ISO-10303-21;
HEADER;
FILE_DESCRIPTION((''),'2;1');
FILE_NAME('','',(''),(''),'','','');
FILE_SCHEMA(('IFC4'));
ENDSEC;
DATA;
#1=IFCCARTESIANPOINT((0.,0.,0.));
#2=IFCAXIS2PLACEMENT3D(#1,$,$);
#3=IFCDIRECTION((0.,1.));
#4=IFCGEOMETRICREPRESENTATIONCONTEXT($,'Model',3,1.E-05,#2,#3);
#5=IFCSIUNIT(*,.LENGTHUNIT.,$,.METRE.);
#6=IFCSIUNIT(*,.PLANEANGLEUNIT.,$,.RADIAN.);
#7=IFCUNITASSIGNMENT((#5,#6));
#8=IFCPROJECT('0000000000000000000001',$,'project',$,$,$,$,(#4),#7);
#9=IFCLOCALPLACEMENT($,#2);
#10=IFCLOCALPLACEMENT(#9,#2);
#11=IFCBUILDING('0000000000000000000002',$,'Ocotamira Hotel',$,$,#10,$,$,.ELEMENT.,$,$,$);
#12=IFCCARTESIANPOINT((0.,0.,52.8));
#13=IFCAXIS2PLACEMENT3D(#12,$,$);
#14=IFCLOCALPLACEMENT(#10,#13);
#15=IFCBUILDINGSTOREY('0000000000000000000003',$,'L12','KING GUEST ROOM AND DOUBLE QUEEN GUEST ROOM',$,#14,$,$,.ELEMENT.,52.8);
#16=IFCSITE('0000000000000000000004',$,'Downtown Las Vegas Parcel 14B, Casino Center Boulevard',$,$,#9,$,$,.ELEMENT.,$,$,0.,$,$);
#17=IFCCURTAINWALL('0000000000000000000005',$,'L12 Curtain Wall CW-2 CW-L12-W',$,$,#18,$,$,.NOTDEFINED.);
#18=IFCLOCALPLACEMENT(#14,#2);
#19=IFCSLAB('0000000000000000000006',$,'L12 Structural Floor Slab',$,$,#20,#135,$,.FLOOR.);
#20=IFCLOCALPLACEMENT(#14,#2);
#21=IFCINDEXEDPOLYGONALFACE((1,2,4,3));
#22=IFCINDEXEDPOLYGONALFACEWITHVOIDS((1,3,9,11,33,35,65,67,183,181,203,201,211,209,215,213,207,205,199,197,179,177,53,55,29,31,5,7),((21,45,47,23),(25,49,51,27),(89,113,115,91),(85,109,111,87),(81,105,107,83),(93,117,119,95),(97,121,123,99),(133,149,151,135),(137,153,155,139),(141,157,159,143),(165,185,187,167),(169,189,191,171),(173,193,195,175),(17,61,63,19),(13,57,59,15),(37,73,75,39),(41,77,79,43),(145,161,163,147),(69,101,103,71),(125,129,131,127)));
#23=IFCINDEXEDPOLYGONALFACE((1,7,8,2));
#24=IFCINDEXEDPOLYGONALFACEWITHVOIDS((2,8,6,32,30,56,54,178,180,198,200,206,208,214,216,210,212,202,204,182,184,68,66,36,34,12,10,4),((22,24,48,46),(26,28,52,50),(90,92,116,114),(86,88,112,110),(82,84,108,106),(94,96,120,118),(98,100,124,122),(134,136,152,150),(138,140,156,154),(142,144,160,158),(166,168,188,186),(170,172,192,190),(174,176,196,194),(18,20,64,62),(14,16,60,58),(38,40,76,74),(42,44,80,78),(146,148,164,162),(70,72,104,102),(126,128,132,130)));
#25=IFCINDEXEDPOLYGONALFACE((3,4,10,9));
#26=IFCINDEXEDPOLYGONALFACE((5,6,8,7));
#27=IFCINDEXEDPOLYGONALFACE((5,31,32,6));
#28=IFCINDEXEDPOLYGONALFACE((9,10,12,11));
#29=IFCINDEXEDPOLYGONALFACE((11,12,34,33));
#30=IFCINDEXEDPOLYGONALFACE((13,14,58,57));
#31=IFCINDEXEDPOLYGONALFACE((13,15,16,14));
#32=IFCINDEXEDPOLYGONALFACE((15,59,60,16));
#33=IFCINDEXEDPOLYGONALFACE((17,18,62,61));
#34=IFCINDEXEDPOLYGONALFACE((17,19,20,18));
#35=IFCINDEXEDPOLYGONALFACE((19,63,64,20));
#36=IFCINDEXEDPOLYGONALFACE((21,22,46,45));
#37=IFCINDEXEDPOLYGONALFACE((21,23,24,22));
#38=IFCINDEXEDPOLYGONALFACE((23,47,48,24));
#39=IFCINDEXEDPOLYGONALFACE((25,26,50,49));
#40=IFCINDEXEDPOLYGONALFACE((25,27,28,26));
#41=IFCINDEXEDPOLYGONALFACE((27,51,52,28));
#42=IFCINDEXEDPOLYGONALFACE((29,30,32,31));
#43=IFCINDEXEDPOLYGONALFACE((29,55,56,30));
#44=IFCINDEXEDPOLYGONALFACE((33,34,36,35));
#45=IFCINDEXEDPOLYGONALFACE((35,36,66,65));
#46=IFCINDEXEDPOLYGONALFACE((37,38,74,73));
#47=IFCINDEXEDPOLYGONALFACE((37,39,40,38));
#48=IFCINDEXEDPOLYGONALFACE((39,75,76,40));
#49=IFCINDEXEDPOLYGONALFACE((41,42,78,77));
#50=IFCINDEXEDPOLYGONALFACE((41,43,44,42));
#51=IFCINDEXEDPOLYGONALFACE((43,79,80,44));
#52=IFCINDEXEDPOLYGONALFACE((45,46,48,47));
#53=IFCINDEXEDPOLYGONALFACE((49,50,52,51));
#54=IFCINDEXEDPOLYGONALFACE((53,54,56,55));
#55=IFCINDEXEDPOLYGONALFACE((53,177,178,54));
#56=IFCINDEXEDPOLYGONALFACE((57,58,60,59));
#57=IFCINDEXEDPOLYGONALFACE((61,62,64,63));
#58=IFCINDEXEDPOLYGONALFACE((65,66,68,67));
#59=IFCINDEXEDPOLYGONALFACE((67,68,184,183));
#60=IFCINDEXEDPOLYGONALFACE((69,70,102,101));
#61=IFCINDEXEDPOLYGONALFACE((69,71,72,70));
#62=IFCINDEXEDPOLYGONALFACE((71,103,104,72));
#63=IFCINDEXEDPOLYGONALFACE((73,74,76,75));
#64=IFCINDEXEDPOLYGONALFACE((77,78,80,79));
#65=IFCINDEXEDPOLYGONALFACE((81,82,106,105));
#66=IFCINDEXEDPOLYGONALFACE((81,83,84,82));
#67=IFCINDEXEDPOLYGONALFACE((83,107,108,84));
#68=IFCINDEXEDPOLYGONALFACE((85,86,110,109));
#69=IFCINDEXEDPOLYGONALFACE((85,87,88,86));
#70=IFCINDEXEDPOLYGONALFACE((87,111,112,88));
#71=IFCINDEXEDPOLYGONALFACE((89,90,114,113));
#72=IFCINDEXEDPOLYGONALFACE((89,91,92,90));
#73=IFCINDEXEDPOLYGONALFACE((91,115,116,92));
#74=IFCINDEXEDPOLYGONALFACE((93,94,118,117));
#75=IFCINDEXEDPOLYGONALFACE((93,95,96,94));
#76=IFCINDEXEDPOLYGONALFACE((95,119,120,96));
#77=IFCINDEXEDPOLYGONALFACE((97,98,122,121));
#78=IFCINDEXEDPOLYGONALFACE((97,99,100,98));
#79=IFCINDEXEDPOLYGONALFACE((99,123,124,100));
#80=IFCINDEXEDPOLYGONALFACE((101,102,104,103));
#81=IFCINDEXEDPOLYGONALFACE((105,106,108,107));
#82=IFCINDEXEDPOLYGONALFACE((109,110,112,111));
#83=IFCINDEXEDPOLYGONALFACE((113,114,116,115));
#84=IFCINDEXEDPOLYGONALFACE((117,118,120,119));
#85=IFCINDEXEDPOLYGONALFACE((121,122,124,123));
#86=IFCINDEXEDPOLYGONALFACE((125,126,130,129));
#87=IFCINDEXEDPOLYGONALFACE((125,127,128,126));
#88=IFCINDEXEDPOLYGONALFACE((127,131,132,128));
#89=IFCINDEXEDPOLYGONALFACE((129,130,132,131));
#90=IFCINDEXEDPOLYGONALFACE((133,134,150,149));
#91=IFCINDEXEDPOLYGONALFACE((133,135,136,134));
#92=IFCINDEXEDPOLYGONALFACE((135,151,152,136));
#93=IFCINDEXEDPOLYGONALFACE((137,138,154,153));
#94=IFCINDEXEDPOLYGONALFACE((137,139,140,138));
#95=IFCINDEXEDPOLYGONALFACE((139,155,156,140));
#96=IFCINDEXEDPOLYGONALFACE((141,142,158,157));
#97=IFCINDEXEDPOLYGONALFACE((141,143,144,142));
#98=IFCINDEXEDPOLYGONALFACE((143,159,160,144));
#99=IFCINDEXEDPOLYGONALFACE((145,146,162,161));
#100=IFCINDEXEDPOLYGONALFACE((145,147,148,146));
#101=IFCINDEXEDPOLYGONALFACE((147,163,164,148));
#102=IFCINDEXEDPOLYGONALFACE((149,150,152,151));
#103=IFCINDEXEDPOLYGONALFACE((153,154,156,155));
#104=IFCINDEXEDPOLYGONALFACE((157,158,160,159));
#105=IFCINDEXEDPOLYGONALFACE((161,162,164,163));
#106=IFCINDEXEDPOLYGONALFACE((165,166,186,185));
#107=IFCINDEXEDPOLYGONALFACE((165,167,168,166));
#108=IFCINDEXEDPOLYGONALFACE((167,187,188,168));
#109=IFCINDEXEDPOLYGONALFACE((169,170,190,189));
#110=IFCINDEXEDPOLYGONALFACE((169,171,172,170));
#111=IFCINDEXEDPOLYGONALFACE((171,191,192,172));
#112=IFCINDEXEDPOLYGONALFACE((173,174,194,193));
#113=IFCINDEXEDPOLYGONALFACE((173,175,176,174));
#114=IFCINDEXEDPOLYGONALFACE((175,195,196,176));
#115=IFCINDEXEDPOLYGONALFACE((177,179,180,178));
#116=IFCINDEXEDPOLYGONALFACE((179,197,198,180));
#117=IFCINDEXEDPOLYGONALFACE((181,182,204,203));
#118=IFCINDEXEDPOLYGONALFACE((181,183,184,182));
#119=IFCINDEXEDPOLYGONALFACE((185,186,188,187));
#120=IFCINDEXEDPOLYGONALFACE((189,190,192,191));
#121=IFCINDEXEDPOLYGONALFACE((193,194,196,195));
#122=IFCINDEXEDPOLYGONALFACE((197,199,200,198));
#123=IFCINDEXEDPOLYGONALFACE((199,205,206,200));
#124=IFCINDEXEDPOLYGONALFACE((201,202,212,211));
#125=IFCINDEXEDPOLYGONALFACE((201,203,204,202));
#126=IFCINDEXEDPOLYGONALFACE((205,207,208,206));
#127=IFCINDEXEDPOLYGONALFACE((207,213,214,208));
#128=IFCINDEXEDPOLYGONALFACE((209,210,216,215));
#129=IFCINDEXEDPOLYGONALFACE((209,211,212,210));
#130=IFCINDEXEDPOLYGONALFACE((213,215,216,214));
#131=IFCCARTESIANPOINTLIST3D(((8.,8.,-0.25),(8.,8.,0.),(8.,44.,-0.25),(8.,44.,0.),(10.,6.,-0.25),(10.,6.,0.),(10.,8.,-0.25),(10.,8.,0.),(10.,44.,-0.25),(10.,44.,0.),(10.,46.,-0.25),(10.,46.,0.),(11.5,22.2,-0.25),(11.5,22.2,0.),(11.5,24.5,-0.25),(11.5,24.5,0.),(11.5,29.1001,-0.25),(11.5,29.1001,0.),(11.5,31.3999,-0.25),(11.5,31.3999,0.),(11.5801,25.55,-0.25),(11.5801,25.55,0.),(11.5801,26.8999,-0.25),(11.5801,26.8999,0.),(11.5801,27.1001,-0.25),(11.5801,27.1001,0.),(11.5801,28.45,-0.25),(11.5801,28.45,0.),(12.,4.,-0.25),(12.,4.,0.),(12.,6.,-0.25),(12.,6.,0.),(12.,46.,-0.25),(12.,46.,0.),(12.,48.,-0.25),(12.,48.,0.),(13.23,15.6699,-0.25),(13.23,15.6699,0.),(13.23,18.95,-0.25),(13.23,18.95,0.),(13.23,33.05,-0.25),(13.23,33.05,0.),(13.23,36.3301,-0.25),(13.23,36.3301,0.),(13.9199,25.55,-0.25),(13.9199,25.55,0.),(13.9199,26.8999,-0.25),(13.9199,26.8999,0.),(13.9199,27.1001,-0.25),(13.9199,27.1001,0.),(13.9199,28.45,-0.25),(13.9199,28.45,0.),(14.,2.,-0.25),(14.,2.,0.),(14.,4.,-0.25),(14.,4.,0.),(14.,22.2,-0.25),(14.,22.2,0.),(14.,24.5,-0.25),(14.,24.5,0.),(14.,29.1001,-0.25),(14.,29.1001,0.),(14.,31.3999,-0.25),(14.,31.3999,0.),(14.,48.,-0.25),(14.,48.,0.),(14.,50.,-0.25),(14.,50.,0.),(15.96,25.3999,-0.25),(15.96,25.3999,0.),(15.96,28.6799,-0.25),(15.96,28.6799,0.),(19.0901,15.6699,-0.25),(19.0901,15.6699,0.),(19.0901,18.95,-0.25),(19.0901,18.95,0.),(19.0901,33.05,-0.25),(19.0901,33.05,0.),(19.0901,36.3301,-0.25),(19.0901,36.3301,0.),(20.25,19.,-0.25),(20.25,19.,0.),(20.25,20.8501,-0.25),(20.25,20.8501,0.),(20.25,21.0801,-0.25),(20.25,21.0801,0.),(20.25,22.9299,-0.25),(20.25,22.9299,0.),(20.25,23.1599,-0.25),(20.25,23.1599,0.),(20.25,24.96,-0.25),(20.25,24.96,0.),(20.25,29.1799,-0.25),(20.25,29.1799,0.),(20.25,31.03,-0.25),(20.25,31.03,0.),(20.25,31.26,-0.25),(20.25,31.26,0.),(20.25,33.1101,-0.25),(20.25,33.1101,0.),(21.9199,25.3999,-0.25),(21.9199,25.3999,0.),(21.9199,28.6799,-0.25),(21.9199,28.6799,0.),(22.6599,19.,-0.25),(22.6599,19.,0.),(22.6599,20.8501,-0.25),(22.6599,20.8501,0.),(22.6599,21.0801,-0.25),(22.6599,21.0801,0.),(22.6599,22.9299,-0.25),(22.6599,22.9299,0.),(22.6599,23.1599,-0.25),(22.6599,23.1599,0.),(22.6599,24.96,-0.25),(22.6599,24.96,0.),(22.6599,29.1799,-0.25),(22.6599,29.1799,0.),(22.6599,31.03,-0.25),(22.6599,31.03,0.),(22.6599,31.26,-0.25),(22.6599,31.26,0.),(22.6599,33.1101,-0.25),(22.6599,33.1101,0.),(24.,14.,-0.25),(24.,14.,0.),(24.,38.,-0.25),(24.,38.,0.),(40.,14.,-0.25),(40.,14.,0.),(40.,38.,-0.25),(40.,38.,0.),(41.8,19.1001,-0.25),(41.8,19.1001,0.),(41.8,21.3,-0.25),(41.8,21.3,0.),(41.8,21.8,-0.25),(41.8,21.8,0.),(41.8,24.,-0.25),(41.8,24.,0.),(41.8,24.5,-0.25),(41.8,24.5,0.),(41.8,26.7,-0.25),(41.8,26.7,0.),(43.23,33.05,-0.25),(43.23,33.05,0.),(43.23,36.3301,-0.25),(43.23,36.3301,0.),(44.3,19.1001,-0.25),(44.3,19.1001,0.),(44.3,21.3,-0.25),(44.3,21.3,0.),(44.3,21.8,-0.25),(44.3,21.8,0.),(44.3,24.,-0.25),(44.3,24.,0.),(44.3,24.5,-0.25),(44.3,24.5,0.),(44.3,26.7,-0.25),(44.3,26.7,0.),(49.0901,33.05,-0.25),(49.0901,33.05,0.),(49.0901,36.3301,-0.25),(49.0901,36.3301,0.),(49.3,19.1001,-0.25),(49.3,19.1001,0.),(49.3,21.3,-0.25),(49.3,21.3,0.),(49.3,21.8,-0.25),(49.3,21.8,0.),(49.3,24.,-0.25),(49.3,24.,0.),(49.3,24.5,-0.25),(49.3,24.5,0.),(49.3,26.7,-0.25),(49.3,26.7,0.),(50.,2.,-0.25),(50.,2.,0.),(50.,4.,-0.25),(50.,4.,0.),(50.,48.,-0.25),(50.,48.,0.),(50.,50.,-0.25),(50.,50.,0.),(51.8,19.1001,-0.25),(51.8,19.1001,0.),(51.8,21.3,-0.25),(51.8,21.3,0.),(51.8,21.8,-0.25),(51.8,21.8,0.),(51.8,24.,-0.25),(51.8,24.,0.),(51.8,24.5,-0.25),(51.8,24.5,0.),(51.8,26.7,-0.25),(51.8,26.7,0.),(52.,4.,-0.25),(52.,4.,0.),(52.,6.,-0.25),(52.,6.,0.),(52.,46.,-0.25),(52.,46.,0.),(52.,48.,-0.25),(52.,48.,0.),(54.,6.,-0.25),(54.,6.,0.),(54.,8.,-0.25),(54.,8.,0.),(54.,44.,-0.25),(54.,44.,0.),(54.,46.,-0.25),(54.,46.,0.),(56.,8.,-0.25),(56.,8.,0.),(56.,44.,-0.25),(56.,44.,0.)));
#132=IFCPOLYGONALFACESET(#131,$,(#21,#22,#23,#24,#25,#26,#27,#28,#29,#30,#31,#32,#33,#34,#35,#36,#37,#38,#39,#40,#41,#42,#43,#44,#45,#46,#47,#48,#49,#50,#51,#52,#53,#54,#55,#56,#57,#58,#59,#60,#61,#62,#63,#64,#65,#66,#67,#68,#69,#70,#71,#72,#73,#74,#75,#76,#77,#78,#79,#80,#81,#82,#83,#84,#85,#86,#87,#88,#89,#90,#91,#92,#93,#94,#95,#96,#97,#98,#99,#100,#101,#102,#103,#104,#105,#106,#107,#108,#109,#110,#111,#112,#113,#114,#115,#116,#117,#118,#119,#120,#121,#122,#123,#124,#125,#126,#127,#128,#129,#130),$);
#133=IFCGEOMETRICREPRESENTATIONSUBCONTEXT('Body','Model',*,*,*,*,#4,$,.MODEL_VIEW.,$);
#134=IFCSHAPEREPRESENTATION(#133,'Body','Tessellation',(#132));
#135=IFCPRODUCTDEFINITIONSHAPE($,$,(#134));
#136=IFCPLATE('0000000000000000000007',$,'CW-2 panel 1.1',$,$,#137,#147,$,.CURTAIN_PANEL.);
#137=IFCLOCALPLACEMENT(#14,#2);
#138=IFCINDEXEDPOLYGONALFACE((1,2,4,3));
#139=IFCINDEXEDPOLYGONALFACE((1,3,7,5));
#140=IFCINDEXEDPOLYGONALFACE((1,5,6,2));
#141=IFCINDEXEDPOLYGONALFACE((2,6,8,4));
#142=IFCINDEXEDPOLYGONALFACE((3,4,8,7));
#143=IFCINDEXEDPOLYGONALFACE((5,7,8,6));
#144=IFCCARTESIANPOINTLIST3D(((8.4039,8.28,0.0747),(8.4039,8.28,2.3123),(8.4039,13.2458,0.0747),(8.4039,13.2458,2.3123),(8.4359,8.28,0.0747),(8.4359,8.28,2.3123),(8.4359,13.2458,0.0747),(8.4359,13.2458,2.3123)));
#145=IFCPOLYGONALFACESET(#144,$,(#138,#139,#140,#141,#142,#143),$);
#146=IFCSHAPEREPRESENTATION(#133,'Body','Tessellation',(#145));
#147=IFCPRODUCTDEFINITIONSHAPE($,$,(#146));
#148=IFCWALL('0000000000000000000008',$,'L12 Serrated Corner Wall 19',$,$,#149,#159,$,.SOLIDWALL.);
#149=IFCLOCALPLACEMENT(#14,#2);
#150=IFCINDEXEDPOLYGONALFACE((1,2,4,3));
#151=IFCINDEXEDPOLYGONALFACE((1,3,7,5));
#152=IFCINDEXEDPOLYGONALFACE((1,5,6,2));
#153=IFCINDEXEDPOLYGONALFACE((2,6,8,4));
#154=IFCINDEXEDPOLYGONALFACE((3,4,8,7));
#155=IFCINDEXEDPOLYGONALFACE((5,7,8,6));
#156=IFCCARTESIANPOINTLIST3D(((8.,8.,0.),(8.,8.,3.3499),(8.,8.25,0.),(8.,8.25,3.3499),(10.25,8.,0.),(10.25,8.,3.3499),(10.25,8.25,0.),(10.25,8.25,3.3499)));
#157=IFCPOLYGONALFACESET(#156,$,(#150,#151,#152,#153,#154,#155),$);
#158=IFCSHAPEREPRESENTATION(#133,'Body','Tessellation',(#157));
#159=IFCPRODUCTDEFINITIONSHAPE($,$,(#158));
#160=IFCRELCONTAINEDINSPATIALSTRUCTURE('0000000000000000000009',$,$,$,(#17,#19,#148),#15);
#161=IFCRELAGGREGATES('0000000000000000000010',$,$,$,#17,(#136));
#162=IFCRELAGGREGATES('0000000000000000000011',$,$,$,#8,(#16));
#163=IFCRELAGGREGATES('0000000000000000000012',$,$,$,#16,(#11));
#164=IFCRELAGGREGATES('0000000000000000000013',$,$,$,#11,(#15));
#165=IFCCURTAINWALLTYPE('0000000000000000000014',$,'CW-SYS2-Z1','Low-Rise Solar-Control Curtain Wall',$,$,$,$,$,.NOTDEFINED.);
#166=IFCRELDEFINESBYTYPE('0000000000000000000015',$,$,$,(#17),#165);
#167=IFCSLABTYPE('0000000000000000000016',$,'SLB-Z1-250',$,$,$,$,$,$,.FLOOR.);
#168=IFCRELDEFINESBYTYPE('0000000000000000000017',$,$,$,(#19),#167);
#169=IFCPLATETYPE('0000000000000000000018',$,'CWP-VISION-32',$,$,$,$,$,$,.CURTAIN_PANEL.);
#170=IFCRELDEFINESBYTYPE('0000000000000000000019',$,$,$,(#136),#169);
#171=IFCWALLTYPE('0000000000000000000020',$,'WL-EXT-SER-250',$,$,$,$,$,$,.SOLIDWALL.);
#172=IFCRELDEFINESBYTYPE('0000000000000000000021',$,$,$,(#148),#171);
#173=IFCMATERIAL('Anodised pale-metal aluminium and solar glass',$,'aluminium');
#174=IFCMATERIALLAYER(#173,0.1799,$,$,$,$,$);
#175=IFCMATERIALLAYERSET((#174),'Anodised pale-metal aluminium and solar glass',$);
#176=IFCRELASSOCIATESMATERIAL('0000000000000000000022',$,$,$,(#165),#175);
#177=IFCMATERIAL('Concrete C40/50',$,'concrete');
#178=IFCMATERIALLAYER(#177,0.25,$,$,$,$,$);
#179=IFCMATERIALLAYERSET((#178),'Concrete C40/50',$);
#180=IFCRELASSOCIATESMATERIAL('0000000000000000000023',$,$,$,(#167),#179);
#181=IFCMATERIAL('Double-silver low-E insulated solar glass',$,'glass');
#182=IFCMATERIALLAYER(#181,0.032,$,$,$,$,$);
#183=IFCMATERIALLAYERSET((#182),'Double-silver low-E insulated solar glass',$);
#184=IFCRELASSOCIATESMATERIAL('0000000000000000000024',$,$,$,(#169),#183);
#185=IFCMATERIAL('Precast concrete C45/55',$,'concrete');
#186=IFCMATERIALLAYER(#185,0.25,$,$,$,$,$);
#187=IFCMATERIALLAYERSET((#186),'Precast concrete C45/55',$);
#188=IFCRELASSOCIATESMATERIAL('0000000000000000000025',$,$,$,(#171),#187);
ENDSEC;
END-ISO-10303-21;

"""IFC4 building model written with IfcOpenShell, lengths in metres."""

from ifc_helpers import new_model, si_unit, direction, frame, frame_2d, origin, origin_2d, place, context, subcontext, project, spatial, polyline, rectangle, outline, extrude, source, transform, mapped, material, layer, layer_set, type_object, element, aggregate, save


model = new_model("IFC4")

# Units and contexts
model_context = context("Model", 3, precision=1e-05, world=origin(), true_north=direction((0.0, 1.0)))
body_context = subcontext(model_context, "Body", "Model", "MODEL_VIEW")
ifc_project = project(units=[si_unit("LENGTHUNIT", "METRE"), si_unit("PLANEANGLEUNIT", "RADIAN")], contexts=[model_context])

# Site, building, storey
site_placement = place(None, origin())
site = spatial("IfcSite", under=ifc_project, at=site_placement, Name="Downtown Las Vegas Parcel 14B, Casino Center Boulevard", CompositionType="ELEMENT", RefElevation=0.0)
building_placement = place(site_placement, origin())
building = spatial("IfcBuilding", under=site, at=building_placement, Name="Ocotamira Hotel", CompositionType="ELEMENT")
storey_placement = place(building_placement, frame((0.0, 0.0, 52.8)))
storey = spatial("IfcBuildingStorey", under=building, at=storey_placement, Name="L12", Description="KING GUEST ROOM AND DOUBLE QUEEN GUEST ROOM", CompositionType="ELEMENT", Elevation=52.8)

# Curtain wall
ifc_material_1 = material(Name="Anodised pale-metal aluminium and solar glass", Category="aluminium")
ifc_layer_1 = layer(ifc_material_1, 0.1799)
ifc_layer_set_1 = layer_set([ifc_layer_1], Name="Anodised pale-metal aluminium and solar glass")
curtain_wall_type = type_object("IfcCurtainWallType", Name="CW-SYS2-Z1", Description="Low-Rise Solar-Control Curtain Wall", PredefinedType="NOTDEFINED", material=ifc_layer_set_1)
curtain_wall_placement = place(storey_placement, origin())
curtain_wall = element("IfcCurtainWall", 1, at=curtain_wall_placement, inside=storey, type_object=curtain_wall_type, Name="L12 Curtain Wall CW-2 CW-L12-W", PredefinedType="NOTDEFINED")

# Shared definitions
ifc_material_2 = material(Name="Concrete C40/50", Category="concrete")

# Slab
ifc_layer_2 = layer(ifc_material_2, 0.25)
ifc_layer_set_2 = layer_set([ifc_layer_2], Name="Concrete C40/50")
slab_type_1 = type_object("IfcSlabType", Name="SLB-Z1-250", PredefinedType="FLOOR", material=ifc_layer_set_2)
slab_1_placement = place(storey_placement, frame((0.0, 0.0, -0.25)))
element("IfcSlab", 2, at=slab_1_placement, inside=storey, type_object=slab_type_1, Name="L12 Structural Floor Slab", PredefinedType="FLOOR", context=body_context, shape_type="SweptSolid", body=[
    extrude(outline(polyline([(14.0, 2.0), (50.0, 2.0), (50.0, 4.0), (52.0, 4.0), (52.0, 6.0), (54.0, 6.0), (54.0, 8.0), (56.0, 8.0), (56.0, 44.0), (54.0, 44.0), (54.0, 46.0), (52.0, 46.0), (52.0, 48.0), (50.0, 48.0), (50.0, 50.0), (14.0, 50.0), (14.0, 48.0), (12.0, 48.0), (12.0, 46.0), (10.0, 46.0), (10.0, 44.0), (8.0, 44.0), (8.0, 8.0), (10.0, 8.0), (10.0, 6.0), (12.0, 6.0), (12.0, 4.0), (14.0, 4.0), (14.0, 2.0)]), holes=[polyline([(24.0, 14.0), (40.0, 14.0), (40.0, 38.0), (24.0, 38.0), (24.0, 14.0)]), polyline([(13.23, 15.6699), (19.0901, 15.6699), (19.0901, 18.95), (13.23, 18.95), (13.23, 15.6699)]), polyline([(13.23, 33.05), (19.0901, 33.05), (19.0901, 36.3301), (13.23, 36.3301), (13.23, 33.05)]), polyline([(15.96, 25.3999), (21.9199, 25.3999), (21.9199, 28.6799), (15.96, 28.6799), (15.96, 25.3999)]), polyline([(43.23, 33.05), (49.0901, 33.05), (49.0901, 36.3301), (43.23, 36.3301), (43.23, 33.05)]), polyline([(49.3, 19.1001), (51.8, 19.1001), (51.8, 21.3), (49.3, 21.3), (49.3, 19.1001)]), polyline([(49.3, 21.8), (51.8, 21.8), (51.8, 24.0), (49.3, 24.0), (49.3, 21.8)]), polyline([(49.3, 24.5), (51.8, 24.5), (51.8, 26.7), (49.3, 26.7), (49.3, 24.5)]), polyline([(41.8, 19.1001), (44.3, 19.1001), (44.3, 21.3), (41.8, 21.3), (41.8, 19.1001)]), polyline([(41.8, 21.8), (44.3, 21.8), (44.3, 24.0), (41.8, 24.0), (41.8, 21.8)]), polyline([(41.8, 24.5), (44.3, 24.5), (44.3, 26.7), (41.8, 26.7), (41.8, 24.5)]), polyline([(20.25, 19.0), (22.6599, 19.0), (22.6599, 20.8501), (20.25, 20.8501), (20.25, 19.0)]), polyline([(20.25, 21.0801), (22.6599, 21.0801), (22.6599, 22.9299), (20.25, 22.9299), (20.25, 21.0801)]), polyline([(20.25, 23.1599), (22.6599, 23.1599), (22.6599, 24.96), (20.25, 24.96), (20.25, 23.1599)]), polyline([(20.25, 29.1799), (22.6599, 29.1799), (22.6599, 31.03), (20.25, 31.03), (20.25, 29.1799)]), polyline([(20.25, 31.26), (22.6599, 31.26), (22.6599, 33.1101), (20.25, 33.1101), (20.25, 31.26)]), polyline([(11.5, 22.2), (14.0, 22.2), (14.0, 24.5), (11.5, 24.5), (11.5, 22.2)]), polyline([(11.5, 29.1001), (14.0, 29.1001), (14.0, 31.3999), (11.5, 31.3999), (11.5, 29.1001)]), polyline([(11.5801, 25.55), (13.9199, 25.55), (13.9199, 26.8999), (11.5801, 26.8999), (11.5801, 25.55)]), polyline([(11.5801, 27.1001), (13.9199, 27.1001), (13.9199, 28.45), (11.5801, 28.45), (11.5801, 27.1001)])]), origin(), (0.0, 0.0, 1.0), 0.25),
])

# Plate
ifc_material_3 = material(Name="Double-silver low-E insulated solar glass", Category="glass")
ifc_layer_3 = layer(ifc_material_3, 0.032)
ifc_layer_set_3 = layer_set([ifc_layer_3], Name="Double-silver low-E insulated solar glass")
plate_type = type_object("IfcPlateType", Name="CWP-VISION-32", PredefinedType="CURTAIN_PANEL", material=ifc_layer_set_3)
shared_shape_1 = source(origin(), body_context, "Body", "SweptSolid", [
    extrude(rectangle(XDim=4.9658, YDim=0.032, at=origin_2d()), origin(), (0.0, 0.0, 1.0), 2.2375),
])
plate_placement = place(storey_placement, frame((8.4199, 10.7629, 0.0747), z_axis=(0.0, 0.0, 1.0), x_axis=(0.0, 1.0, 0.0)))
plate = element("IfcPlate", 3, at=plate_placement, type_object=plate_type, Name="CW-2 panel 1.1", PredefinedType="CURTAIN_PANEL", context=body_context, shape_type="MappedRepresentation", body=[
    mapped(shared_shape_1, transform((0.0, 0.0, 0.0), scale=1.0)),
])
aggregate(curtain_wall, [plate])

# Wall
ifc_material_4 = material(Name="Precast concrete C45/55", Category="concrete")
ifc_layer_4 = layer(ifc_material_4, 0.25)
ifc_layer_set_4 = layer_set([ifc_layer_4], Name="Precast concrete C45/55")
wall_type_1 = type_object("IfcWallType", Name="WL-EXT-SER-250", PredefinedType="SOLIDWALL", material=ifc_layer_set_4)
wall_1_placement = place(storey_placement, frame((8.0, 8.125, 0.0), z_axis=(0.0, 0.0, 1.0), x_axis=(1.0, 0.0, 0.0)))
element("IfcWall", 4, at=wall_1_placement, inside=storey, type_object=wall_type_1, Name="L12 Serrated Corner Wall 19", PredefinedType="SOLIDWALL", context=body_context, shape_type="SweptSolid", body=[
    extrude(rectangle(XDim=2.25, YDim=0.25, at=frame_2d((1.125, 0.0))), origin(), (0.0, 0.0, 1.0), 3.3499),
])

save(model, "model.ifc")
